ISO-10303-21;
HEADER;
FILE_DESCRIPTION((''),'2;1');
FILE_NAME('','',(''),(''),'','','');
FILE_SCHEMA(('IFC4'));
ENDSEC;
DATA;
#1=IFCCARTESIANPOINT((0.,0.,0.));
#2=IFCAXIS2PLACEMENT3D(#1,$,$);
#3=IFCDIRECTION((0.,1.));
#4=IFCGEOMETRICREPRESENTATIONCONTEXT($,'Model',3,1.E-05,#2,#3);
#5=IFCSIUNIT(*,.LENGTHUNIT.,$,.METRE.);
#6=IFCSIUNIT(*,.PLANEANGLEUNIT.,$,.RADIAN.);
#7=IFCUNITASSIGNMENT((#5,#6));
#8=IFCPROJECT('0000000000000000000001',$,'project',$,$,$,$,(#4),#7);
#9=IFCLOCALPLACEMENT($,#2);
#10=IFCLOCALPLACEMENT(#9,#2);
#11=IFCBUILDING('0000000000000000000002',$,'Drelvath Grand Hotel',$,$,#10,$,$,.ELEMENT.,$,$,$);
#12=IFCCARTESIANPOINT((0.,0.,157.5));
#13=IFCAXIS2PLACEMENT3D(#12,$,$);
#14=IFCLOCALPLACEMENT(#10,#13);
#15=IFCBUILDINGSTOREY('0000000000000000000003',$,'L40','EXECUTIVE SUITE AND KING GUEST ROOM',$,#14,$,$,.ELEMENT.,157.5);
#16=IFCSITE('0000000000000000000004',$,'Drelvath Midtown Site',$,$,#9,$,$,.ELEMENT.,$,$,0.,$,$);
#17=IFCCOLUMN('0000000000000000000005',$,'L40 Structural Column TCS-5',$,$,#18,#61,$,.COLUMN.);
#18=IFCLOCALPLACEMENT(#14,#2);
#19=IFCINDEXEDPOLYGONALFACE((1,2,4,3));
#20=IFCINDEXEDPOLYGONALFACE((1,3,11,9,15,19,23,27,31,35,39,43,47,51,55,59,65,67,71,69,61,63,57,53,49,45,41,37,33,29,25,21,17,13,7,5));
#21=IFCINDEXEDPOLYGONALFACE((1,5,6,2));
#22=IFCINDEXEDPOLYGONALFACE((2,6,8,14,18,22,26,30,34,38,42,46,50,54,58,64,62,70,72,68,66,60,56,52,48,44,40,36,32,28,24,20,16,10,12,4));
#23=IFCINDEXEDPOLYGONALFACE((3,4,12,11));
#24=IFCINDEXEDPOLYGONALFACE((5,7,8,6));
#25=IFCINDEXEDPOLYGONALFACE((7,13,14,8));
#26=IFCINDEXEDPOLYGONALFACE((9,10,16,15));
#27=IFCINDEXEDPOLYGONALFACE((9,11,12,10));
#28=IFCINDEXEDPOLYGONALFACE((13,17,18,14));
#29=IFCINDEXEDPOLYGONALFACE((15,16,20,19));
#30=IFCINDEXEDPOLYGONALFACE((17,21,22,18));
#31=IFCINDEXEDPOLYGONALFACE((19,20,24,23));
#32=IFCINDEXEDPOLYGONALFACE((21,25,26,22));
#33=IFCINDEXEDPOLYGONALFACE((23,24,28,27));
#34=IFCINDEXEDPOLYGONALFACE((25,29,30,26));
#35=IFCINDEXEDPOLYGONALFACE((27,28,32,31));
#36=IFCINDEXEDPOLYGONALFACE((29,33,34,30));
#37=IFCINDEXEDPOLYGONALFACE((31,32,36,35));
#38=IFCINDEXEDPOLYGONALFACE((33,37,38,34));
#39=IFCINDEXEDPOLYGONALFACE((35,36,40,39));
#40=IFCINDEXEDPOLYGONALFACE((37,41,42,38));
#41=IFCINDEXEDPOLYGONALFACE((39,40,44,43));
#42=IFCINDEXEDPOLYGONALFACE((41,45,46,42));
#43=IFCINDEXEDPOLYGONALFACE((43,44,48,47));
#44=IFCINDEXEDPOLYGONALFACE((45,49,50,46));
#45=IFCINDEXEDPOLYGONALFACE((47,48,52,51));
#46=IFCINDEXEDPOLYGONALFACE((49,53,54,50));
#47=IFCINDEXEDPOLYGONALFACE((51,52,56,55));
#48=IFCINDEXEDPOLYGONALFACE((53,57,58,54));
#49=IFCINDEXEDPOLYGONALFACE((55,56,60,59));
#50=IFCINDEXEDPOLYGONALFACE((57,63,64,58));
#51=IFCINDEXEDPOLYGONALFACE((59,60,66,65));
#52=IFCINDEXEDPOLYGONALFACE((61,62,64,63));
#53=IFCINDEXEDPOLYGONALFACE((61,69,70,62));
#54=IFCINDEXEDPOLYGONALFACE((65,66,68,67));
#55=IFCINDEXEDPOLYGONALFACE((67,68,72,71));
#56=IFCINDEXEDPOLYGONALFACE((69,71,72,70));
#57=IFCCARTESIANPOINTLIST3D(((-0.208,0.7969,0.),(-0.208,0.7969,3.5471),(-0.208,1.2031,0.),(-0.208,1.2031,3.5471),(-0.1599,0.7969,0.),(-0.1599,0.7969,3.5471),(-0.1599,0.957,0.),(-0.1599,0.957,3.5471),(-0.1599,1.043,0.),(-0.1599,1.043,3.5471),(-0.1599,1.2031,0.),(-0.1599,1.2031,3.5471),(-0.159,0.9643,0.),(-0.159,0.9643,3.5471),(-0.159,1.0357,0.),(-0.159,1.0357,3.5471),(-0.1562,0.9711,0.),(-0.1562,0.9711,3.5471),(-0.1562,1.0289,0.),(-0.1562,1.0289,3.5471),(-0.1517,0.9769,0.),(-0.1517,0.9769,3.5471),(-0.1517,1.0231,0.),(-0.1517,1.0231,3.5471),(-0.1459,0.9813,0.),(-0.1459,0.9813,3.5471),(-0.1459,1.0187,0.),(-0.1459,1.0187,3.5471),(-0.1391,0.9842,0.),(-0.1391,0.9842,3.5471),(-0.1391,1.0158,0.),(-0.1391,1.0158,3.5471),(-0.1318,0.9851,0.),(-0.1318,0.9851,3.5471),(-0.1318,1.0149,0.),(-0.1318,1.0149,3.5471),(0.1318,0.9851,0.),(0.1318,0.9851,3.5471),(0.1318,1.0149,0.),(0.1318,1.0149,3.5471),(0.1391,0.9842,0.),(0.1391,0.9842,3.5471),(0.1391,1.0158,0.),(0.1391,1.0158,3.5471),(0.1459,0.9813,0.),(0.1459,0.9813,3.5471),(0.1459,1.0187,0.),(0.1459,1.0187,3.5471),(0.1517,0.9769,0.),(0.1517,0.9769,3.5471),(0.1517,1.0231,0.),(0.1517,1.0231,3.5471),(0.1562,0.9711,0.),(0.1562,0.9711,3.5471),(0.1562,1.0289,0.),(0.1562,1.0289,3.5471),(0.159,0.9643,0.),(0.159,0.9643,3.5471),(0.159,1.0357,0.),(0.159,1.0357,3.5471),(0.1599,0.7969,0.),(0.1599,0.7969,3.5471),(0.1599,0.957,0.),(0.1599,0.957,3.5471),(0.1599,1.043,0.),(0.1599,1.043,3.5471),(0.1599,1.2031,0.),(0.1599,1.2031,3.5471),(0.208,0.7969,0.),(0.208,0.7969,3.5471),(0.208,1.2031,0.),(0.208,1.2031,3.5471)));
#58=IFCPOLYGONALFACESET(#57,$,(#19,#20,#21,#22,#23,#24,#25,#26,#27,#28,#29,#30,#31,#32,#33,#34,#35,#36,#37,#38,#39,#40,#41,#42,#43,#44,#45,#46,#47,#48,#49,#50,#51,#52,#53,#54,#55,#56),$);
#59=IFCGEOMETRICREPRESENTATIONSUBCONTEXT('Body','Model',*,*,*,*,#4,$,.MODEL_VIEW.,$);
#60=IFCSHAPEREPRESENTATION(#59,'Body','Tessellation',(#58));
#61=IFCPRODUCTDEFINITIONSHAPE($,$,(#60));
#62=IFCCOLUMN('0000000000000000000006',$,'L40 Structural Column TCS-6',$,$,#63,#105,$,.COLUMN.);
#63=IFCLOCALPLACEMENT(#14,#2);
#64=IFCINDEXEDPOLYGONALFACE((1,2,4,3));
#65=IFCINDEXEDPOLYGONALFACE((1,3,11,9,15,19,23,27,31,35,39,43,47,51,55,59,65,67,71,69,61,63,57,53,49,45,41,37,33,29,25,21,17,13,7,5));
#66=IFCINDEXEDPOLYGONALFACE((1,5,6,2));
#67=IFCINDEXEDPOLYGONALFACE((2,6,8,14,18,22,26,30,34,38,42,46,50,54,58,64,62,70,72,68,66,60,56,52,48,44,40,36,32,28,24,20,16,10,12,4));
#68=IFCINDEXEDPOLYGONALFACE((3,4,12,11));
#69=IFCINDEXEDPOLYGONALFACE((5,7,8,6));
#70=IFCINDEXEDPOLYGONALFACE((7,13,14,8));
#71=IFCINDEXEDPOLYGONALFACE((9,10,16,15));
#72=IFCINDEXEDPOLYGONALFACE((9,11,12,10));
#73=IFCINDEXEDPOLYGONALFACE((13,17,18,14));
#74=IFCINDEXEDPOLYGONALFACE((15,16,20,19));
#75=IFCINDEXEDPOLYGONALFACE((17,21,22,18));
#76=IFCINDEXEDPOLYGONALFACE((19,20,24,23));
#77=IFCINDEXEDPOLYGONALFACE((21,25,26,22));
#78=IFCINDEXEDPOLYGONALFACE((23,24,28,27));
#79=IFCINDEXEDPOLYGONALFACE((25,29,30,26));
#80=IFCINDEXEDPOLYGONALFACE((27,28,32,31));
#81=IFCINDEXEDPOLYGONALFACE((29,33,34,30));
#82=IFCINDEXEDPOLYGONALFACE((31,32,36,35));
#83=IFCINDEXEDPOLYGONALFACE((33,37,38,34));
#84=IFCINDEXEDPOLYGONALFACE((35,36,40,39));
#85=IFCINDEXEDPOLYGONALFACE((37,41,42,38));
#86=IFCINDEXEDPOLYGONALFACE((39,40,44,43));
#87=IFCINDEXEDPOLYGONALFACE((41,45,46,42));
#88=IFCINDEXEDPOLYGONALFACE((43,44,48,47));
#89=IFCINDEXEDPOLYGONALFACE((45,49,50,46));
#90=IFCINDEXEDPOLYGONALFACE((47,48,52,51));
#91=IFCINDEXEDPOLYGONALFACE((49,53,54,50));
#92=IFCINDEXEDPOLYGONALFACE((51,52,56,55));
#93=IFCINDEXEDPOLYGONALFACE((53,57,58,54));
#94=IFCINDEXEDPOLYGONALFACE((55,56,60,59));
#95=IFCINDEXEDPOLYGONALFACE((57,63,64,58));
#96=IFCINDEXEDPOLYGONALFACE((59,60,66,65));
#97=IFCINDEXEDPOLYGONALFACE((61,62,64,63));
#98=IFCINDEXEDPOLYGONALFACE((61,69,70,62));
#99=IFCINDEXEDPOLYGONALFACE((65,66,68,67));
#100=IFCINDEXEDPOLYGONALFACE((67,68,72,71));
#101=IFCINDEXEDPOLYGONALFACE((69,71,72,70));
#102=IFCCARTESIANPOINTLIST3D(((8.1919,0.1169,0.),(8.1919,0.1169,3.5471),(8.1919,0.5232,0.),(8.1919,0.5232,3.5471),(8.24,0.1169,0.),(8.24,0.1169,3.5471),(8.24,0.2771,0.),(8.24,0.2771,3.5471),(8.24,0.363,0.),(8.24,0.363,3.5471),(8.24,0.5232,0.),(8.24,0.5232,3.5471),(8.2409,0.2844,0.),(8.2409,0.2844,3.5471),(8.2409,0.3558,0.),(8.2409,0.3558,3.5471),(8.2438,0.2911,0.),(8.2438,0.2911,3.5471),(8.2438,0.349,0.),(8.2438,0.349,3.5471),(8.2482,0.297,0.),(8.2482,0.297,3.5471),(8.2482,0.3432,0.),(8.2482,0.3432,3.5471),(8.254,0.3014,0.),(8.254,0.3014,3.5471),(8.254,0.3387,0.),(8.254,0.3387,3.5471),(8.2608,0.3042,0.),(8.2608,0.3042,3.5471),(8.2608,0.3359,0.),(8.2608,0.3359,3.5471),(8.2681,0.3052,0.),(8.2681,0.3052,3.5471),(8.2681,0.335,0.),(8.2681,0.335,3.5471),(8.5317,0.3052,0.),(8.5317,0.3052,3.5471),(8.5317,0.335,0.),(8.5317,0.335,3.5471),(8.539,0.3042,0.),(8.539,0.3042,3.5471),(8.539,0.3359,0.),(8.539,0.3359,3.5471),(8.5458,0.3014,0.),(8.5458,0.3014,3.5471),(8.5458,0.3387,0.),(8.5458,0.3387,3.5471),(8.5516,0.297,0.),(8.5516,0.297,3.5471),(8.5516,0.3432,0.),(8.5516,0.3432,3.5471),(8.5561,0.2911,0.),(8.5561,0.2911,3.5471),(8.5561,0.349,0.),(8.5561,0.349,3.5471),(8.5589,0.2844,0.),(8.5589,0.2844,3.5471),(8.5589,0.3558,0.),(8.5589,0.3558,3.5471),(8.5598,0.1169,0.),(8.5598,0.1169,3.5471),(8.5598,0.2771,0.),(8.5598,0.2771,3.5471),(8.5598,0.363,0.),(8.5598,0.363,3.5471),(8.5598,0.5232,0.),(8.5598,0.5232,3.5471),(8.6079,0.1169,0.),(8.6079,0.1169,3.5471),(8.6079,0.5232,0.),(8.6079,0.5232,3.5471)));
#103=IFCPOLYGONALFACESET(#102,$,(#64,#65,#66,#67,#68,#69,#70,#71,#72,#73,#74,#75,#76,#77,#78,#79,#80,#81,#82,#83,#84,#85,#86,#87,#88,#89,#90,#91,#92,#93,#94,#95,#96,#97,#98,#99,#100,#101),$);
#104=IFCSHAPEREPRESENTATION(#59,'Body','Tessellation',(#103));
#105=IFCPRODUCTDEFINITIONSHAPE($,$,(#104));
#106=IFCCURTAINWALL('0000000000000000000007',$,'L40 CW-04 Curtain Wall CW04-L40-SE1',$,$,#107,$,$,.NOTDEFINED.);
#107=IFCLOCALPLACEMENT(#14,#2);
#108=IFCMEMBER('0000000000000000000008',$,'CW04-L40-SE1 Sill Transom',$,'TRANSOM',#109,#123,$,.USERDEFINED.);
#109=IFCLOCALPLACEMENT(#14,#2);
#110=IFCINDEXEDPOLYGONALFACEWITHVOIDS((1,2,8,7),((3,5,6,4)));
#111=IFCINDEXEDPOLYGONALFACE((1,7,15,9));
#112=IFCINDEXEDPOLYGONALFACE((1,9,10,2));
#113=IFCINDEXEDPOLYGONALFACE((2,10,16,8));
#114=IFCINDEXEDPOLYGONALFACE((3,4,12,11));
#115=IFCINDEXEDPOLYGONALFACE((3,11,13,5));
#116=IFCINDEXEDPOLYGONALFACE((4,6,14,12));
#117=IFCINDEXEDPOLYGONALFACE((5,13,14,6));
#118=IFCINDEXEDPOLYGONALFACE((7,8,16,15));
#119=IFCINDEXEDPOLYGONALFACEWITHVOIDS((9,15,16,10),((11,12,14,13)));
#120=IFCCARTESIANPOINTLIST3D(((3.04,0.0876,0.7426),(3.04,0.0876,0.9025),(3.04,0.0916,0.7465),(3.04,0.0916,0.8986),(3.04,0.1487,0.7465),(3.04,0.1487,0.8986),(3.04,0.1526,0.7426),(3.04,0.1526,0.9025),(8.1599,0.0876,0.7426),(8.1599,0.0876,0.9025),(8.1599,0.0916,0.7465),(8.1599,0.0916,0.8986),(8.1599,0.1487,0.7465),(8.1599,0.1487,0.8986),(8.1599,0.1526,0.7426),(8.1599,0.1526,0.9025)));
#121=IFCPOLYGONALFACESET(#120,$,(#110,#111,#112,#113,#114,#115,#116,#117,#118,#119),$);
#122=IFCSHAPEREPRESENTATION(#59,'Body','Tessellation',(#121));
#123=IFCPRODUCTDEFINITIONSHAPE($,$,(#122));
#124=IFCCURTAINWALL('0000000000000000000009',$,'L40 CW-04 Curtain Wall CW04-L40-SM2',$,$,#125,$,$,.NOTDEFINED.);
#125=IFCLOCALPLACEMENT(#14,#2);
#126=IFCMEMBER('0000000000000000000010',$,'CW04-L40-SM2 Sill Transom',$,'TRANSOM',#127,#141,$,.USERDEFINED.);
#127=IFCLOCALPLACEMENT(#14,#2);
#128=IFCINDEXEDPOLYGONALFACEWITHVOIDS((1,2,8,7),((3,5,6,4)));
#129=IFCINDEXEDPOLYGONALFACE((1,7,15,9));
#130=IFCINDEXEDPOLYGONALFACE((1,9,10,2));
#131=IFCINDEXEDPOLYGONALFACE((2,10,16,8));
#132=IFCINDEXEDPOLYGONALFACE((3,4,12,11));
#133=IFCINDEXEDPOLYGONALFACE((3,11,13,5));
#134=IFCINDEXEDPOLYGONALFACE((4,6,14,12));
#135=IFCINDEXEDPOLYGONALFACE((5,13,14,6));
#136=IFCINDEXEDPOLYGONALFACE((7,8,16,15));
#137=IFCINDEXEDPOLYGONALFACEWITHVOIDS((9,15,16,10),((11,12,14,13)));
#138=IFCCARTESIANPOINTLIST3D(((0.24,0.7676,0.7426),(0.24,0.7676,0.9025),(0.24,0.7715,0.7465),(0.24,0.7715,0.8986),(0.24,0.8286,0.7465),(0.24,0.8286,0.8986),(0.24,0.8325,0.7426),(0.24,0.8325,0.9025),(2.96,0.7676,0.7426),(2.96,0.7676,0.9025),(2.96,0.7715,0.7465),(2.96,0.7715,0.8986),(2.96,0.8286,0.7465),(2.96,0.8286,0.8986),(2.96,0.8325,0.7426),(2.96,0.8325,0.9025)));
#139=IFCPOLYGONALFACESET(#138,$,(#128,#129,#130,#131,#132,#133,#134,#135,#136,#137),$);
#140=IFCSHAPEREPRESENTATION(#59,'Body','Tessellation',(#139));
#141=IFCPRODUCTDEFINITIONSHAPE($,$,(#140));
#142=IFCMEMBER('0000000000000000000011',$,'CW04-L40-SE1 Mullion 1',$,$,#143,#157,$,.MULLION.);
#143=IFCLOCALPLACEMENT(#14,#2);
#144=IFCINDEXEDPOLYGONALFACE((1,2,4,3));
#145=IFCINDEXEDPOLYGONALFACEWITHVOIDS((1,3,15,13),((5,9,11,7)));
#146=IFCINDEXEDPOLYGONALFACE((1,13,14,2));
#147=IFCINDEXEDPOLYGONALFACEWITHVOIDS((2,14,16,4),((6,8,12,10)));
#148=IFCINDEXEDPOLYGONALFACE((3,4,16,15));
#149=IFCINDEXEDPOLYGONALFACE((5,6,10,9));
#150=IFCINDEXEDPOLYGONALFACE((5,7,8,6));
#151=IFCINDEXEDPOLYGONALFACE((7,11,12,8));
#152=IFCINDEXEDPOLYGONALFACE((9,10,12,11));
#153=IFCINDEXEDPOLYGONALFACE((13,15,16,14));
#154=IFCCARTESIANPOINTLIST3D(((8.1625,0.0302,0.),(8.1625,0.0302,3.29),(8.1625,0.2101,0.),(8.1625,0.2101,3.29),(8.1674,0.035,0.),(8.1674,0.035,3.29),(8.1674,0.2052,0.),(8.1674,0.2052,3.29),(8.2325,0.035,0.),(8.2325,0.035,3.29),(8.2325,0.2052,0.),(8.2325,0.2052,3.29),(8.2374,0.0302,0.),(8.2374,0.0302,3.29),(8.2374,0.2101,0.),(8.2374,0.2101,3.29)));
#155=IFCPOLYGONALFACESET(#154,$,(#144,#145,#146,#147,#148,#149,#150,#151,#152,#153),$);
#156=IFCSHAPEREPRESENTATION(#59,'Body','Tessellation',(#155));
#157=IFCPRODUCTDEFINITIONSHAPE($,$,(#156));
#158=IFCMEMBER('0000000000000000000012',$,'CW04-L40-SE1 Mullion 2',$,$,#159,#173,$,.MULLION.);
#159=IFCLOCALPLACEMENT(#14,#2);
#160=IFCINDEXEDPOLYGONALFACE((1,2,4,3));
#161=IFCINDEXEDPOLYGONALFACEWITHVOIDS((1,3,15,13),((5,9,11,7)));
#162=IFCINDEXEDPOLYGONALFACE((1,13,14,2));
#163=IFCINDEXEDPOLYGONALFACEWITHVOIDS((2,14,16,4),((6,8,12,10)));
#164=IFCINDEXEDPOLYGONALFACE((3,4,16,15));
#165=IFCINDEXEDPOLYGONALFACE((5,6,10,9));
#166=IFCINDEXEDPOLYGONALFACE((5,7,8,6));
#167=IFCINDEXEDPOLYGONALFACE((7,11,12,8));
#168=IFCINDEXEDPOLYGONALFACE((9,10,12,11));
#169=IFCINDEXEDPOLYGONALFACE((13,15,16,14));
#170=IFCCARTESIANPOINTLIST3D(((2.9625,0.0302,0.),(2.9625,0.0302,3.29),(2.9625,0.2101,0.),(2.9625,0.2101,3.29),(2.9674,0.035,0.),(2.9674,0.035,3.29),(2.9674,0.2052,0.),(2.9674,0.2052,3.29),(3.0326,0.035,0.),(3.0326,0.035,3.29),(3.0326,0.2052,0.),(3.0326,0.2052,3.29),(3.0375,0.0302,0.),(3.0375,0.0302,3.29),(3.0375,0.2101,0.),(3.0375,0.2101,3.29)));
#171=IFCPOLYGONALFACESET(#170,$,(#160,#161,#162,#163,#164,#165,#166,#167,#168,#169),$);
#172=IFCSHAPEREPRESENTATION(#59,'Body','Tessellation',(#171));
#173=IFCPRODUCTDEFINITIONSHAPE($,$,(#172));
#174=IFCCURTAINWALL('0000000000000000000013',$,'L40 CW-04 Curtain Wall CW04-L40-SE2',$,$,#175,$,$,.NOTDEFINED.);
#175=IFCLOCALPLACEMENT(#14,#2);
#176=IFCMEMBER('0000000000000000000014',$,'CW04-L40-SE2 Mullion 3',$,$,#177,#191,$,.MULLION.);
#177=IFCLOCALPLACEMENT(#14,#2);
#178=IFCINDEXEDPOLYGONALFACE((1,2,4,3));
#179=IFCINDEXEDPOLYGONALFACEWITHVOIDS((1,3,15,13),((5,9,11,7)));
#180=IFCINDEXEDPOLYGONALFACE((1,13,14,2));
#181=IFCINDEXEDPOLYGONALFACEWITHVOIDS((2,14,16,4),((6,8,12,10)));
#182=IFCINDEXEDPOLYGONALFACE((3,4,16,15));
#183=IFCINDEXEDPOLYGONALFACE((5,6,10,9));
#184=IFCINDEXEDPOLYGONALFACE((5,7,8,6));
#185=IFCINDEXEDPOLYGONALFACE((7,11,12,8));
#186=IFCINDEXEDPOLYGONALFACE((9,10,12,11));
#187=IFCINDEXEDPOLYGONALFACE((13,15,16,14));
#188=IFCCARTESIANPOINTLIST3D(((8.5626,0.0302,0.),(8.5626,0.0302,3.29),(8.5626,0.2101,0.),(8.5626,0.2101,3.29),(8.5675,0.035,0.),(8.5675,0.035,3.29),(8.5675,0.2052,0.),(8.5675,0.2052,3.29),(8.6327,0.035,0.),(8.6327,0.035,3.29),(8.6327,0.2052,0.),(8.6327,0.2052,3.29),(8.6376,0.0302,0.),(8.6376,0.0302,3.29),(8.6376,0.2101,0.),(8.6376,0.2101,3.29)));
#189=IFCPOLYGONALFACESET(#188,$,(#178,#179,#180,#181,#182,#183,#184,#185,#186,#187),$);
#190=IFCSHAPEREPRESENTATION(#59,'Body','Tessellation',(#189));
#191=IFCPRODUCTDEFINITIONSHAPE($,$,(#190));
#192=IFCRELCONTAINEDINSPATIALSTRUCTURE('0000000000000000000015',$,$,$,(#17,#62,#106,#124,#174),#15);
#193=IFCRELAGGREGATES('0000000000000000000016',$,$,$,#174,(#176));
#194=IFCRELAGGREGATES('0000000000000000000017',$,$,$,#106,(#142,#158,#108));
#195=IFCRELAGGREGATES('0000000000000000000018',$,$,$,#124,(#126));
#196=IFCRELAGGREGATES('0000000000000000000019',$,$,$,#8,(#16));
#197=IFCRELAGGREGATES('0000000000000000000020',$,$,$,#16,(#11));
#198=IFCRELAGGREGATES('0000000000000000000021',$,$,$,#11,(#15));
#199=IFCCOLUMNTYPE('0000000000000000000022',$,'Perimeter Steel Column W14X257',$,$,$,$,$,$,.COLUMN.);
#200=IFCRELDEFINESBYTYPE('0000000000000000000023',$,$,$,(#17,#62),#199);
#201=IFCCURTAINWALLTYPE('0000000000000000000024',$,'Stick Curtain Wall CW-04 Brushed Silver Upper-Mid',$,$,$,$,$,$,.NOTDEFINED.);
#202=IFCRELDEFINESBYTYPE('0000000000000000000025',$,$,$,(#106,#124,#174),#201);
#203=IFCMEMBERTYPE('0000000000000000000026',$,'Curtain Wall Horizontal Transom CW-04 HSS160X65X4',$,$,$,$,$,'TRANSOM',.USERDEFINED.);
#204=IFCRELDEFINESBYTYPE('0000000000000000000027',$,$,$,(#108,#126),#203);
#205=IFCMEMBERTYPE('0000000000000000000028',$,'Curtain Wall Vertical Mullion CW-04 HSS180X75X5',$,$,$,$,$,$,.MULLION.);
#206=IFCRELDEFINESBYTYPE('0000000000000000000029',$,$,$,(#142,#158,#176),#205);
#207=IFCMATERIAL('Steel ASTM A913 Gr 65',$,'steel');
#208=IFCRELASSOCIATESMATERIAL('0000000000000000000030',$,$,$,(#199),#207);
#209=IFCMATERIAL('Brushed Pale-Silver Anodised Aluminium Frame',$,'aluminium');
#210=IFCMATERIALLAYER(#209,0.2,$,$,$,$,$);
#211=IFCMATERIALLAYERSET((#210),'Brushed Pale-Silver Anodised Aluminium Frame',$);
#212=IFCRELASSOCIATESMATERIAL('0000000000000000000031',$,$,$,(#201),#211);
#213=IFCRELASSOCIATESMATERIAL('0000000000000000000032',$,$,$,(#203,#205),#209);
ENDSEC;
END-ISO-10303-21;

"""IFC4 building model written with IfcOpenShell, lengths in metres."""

from ifc_helpers import new_model, si_unit, direction, frame, origin, origin_2d, place, context, subcontext, project, spatial, hollow_rectangle, i_section, extrude, material, layer, layer_set, material_profile, profile_set, type_object, element, aggregate, save


model = new_model("IFC4")

# Units and contexts
model_context = context("Model", 3, precision=1e-05, world=origin(), true_north=direction((0.0, 1.0)))
body_context = subcontext(model_context, "Body", "Model", "MODEL_VIEW")
ifc_project = project(units=[si_unit("LENGTHUNIT", "METRE"), si_unit("PLANEANGLEUNIT", "RADIAN")], contexts=[model_context])

# Site, building, storey
site_placement = place(None, origin())
site = spatial("IfcSite", under=ifc_project, at=site_placement, Name="Drelvath Midtown Site", CompositionType="ELEMENT", RefElevation=0.0)
building_placement = place(site_placement, origin())
building = spatial("IfcBuilding", under=site, at=building_placement, Name="Drelvath Grand Hotel", CompositionType="ELEMENT")
storey_placement = place(building_placement, frame((0.0, 0.0, 157.5)))
storey = spatial("IfcBuildingStorey", under=building, at=storey_placement, Name="L40", Description="EXECUTIVE SUITE AND KING GUEST ROOM", CompositionType="ELEMENT", Elevation=157.5)

# Columns
ifc_material_1 = material(Name="Steel ASTM A913 Gr 65", Category="steel")
ifc_material_profile_1 = material_profile(ifc_material_1, i_section(OverallWidth=0.4062, OverallDepth=0.416, WebThickness=0.0298, FlangeThickness=0.0481, FilletRadius=0.0281, at=origin_2d()), Name="W14X257")
ifc_profile_set_1 = profile_set([ifc_material_profile_1], Name="Steel ASTM A913 Gr 65")
column_type = type_object("IfcColumnType", Name="Perimeter Steel Column W14X257", PredefinedType="COLUMN", material=ifc_profile_set_1)
for number, where, z_axis, x_axis, name in (
    (1, (0.0, 1.0, 0.0), (0.0, 0.0, 1.0), (0.0, 1.0, 0.0), "L40 Structural Column TCS-5"),
    (2, (8.3999, 0.3201, 0.0), (0.0, 0.0, 1.0), (0.0, 1.0, 0.0), "L40 Structural Column TCS-6"),
):
    element("IfcColumn", number, at=place(storey_placement, frame(where, z_axis=z_axis, x_axis=x_axis)), inside=storey, type_object=column_type, Name=name, PredefinedType="COLUMN", context=body_context, shape_type="SweptSolid", body=[
        extrude(i_section(OverallWidth=0.4062, OverallDepth=0.416, WebThickness=0.0298, FlangeThickness=0.0481, FilletRadius=0.0281, at=origin_2d()), origin(), (0.0, 0.0, 1.0), 3.5471),
    ])

# Curtain walls, members
ifc_material_2 = material(Name="Brushed Pale-Silver Anodised Aluminium Frame", Category="aluminium")
ifc_layer_1 = layer(ifc_material_2, 0.2)
ifc_layer_set_1 = layer_set([ifc_layer_1], Name="Brushed Pale-Silver Anodised Aluminium Frame")
curtain_wall_type = type_object("IfcCurtainWallType", Name="Stick Curtain Wall CW-04 Brushed Silver Upper-Mid", PredefinedType="NOTDEFINED", material=ifc_layer_set_1)
curtain_wall_1_placement = place(storey_placement, origin())
curtain_wall_1 = element("IfcCurtainWall", 3, at=curtain_wall_1_placement, inside=storey, type_object=curtain_wall_type, Name="L40 CW-04 Curtain Wall CW04-L40-SE1", PredefinedType="NOTDEFINED")
ifc_material_profile_2 = material_profile(ifc_material_2, hollow_rectangle(XDim=0.0649, YDim=0.1599, WallThickness=0.0039, at=origin_2d()), Name="HSS160X65X4")
ifc_profile_set_2 = profile_set([ifc_material_profile_2], Name="Brushed Pale-Silver Anodised Aluminium Frame")
member_type_1 = type_object("IfcMemberType", Name="Curtain Wall Horizontal Transom CW-04 HSS160X65X4", ElementType="TRANSOM", PredefinedType="USERDEFINED", material=ifc_profile_set_2)
member_1_placement = place(storey_placement, frame((8.1599, 0.1201, 0.8225), z_axis=(-1.0, 0.0, 0.0), x_axis=(0.0, -1.0, 0.0)))
member_1 = element("IfcMember", 4, at=member_1_placement, type_object=member_type_1, Name="CW04-L40-SE1 Sill Transom", ObjectType="TRANSOM", PredefinedType="USERDEFINED", context=body_context, shape_type="SweptSolid", body=[
    extrude(hollow_rectangle(XDim=0.0649, YDim=0.1599, WallThickness=0.0039, at=origin_2d()), origin(), (0.0, 0.0, 1.0), 5.1199),
])
curtain_wall_2_placement = place(storey_placement, origin())
curtain_wall_2 = element("IfcCurtainWall", 5, at=curtain_wall_2_placement, inside=storey, type_object=curtain_wall_type, Name="L40 CW-04 Curtain Wall CW04-L40-SM2", PredefinedType="NOTDEFINED")
member_2_placement = place(storey_placement, frame((2.96, 0.8, 0.8225), z_axis=(-1.0, 0.0, 0.0), x_axis=(0.0, -1.0, 0.0)))
member_2 = element("IfcMember", 6, at=member_2_placement, type_object=member_type_1, Name="CW04-L40-SM2 Sill Transom", ObjectType="TRANSOM", PredefinedType="USERDEFINED", context=body_context, shape_type="SweptSolid", body=[
    extrude(hollow_rectangle(XDim=0.0649, YDim=0.1599, WallThickness=0.0039, at=origin_2d()), origin(), (0.0, 0.0, 1.0), 2.72),
])

# Members
ifc_material_profile_3 = material_profile(ifc_material_2, hollow_rectangle(XDim=0.075, YDim=0.1799, WallThickness=0.0049, at=origin_2d()), Name="HSS180X75X5")
ifc_profile_set_3 = profile_set([ifc_material_profile_3], Name="Brushed Pale-Silver Anodised Aluminium Frame")
member_type_2 = type_object("IfcMemberType", Name="Curtain Wall Vertical Mullion CW-04 HSS180X75X5", PredefinedType="MULLION", material=ifc_profile_set_3)
member_3_placement = place(storey_placement, frame((8.2, 0.1201, 0.0), z_axis=(0.0, 0.0, 1.0), x_axis=(1.0, 0.0, 0.0)))
member_3 = element("IfcMember", 7, at=member_3_placement, type_object=member_type_2, Name="CW04-L40-SE1 Mullion 1", PredefinedType="MULLION", context=body_context, shape_type="SweptSolid", body=[
    extrude(hollow_rectangle(XDim=0.075, YDim=0.1799, WallThickness=0.0049, at=origin_2d()), origin(), (0.0, 0.0, 1.0), 3.29),
])
member_4_placement = place(storey_placement, frame((3.0, 0.1201, 0.0), z_axis=(0.0, 0.0, 1.0), x_axis=(1.0, 0.0, 0.0)))
member_4 = element("IfcMember", 8, at=member_4_placement, type_object=member_type_2, Name="CW04-L40-SE1 Mullion 2", PredefinedType="MULLION", context=body_context, shape_type="SweptSolid", body=[
    extrude(hollow_rectangle(XDim=0.075, YDim=0.1799, WallThickness=0.0049, at=origin_2d()), origin(), (0.0, 0.0, 1.0), 3.29),
])

# Curtain wall, member
curtain_wall_3_placement = place(storey_placement, origin())
curtain_wall_3 = element("IfcCurtainWall", 9, at=curtain_wall_3_placement, inside=storey, type_object=curtain_wall_type, Name="L40 CW-04 Curtain Wall CW04-L40-SE2", PredefinedType="NOTDEFINED")
member_5_placement = place(storey_placement, frame((8.6001, 0.1201, 0.0), z_axis=(0.0, 0.0, 1.0), x_axis=(1.0, 0.0, 0.0)))
member_5 = element("IfcMember", 10, at=member_5_placement, type_object=member_type_2, Name="CW04-L40-SE2 Mullion 3", PredefinedType="MULLION", context=body_context, shape_type="SweptSolid", body=[
    extrude(hollow_rectangle(XDim=0.075, YDim=0.1799, WallThickness=0.0049, at=origin_2d()), origin(), (0.0, 0.0, 1.0), 3.29),
])
aggregate(curtain_wall_3, [member_5])

aggregate(curtain_wall_1, [member_3, member_4, member_1])
aggregate(curtain_wall_2, [member_2])

save(model, "model.ifc")
